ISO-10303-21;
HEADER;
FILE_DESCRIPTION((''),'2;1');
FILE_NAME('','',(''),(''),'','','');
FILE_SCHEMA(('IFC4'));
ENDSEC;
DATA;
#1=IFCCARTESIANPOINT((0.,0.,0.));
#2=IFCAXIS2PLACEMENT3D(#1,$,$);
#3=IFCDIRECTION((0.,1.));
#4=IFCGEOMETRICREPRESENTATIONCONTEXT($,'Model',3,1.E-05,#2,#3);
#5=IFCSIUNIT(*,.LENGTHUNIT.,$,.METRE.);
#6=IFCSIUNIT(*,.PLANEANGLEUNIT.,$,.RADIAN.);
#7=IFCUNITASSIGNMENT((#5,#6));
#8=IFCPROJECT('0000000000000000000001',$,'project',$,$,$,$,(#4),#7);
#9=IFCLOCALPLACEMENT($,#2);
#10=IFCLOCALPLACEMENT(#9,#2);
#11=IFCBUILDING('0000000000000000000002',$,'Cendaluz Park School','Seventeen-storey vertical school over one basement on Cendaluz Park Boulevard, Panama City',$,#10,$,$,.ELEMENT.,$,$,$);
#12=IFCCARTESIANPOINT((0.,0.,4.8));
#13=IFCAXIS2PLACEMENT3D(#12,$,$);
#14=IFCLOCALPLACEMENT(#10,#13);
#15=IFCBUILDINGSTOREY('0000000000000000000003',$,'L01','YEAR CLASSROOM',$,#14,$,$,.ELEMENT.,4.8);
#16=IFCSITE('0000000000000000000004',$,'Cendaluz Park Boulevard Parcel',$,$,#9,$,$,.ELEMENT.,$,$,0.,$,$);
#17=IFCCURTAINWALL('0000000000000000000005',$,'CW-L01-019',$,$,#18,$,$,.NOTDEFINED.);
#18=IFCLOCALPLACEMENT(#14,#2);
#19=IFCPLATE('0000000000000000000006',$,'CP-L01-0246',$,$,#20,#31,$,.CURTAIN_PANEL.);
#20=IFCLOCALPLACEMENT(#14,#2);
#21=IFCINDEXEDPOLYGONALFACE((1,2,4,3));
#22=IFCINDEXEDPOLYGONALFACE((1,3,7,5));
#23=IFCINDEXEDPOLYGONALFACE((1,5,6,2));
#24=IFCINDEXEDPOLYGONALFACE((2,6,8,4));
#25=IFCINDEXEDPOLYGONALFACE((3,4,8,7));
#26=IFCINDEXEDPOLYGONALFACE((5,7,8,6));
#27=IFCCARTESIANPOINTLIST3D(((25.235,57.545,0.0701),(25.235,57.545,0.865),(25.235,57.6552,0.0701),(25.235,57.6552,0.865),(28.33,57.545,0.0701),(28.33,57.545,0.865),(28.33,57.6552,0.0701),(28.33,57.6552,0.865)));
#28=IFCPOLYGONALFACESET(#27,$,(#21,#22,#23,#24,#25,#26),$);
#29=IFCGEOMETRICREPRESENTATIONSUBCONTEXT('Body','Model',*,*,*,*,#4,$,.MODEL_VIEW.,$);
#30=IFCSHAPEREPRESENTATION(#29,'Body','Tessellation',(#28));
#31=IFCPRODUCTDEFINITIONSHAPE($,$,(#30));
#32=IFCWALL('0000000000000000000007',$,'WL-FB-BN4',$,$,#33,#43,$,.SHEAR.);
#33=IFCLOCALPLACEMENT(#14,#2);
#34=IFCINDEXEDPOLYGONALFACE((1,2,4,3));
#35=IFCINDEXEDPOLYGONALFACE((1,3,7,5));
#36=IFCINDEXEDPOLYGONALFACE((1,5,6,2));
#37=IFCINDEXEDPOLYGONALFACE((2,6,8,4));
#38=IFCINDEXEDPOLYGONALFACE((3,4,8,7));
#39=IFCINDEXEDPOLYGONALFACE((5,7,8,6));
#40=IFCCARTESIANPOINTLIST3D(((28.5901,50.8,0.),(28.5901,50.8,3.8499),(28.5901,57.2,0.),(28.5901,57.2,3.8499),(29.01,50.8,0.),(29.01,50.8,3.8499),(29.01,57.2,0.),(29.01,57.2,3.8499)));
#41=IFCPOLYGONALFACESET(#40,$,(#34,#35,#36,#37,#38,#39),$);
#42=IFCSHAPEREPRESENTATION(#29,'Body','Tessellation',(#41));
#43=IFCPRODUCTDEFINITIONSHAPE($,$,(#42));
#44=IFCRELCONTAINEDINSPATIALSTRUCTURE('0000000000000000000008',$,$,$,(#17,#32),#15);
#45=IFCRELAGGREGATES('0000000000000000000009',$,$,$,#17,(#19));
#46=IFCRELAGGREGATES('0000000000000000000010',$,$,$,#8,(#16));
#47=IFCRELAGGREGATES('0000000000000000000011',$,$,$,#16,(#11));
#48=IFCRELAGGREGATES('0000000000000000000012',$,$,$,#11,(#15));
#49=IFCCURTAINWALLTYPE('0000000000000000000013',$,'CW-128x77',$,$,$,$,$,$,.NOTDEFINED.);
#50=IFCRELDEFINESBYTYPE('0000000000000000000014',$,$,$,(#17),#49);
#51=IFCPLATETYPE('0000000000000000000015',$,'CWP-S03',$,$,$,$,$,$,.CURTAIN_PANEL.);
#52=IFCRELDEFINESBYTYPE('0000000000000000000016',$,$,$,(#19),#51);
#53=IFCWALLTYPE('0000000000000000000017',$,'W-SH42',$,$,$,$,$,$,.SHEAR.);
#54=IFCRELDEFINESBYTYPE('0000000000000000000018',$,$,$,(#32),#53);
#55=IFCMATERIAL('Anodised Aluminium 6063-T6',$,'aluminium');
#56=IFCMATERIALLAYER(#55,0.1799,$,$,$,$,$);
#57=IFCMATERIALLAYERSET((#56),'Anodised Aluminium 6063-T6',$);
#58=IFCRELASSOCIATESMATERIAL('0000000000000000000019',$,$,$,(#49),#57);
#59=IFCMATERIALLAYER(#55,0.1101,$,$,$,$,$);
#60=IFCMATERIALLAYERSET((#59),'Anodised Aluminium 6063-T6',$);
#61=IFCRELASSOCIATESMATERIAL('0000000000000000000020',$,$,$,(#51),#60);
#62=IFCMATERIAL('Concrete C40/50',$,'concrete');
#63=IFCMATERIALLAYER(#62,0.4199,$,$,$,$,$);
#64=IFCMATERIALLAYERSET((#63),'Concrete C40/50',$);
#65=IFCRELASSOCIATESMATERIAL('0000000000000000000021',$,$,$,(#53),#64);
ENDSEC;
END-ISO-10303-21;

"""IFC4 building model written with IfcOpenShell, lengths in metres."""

from ifc_helpers import new_model, si_unit, direction, frame, frame_2d, origin, origin_2d, place, context, subcontext, project, spatial, rectangle, extrude, material, layer, layer_set, type_object, element, aggregate, save


model = new_model("IFC4")

# Units and contexts
model_context = context("Model", 3, precision=1e-05, world=origin(), true_north=direction((0.0, 1.0)))
body_context = subcontext(model_context, "Body", "Model", "MODEL_VIEW")
ifc_project = project(units=[si_unit("LENGTHUNIT", "METRE"), si_unit("PLANEANGLEUNIT", "RADIAN")], contexts=[model_context])

# Site, building, storey
site_placement = place(None, origin())
site = spatial("IfcSite", under=ifc_project, at=site_placement, Name="Cendaluz Park Boulevard Parcel", CompositionType="ELEMENT", RefElevation=0.0)
building_placement = place(site_placement, origin())
building = spatial("IfcBuilding", under=site, at=building_placement, Name="Cendaluz Park School", Description="Seventeen-storey vertical school over one basement on Cendaluz Park Boulevard, Panama City", CompositionType="ELEMENT")
storey_placement = place(building_placement, frame((0.0, 0.0, 4.8)))
storey = spatial("IfcBuildingStorey", under=building, at=storey_placement, Name="L01", Description="YEAR CLASSROOM", CompositionType="ELEMENT", Elevation=4.8)

# Shared definitions
ifc_material_1 = material(Name="Concrete C40/50", Category="concrete")

# Curtain wall
ifc_material_2 = material(Name="Anodised Aluminium 6063-T6", Category="aluminium")
ifc_layer_1 = layer(ifc_material_2, 0.1799)
ifc_layer_set_1 = layer_set([ifc_layer_1], Name="Anodised Aluminium 6063-T6")
curtain_wall_type = type_object("IfcCurtainWallType", Name="CW-128x77", PredefinedType="NOTDEFINED", material=ifc_layer_set_1)
curtain_wall_placement = place(storey_placement, origin())
curtain_wall = element("IfcCurtainWall", 1, at=curtain_wall_placement, inside=storey, type_object=curtain_wall_type, Name="CW-L01-019", PredefinedType="NOTDEFINED")

# Plate
ifc_layer_2 = layer(ifc_material_2, 0.1101)
ifc_layer_set_2 = layer_set([ifc_layer_2], Name="Anodised Aluminium 6063-T6")
plate_type_1 = type_object("IfcPlateType", Name="CWP-S03", PredefinedType="CURTAIN_PANEL", material=ifc_layer_set_2)
plate_1_placement = place(storey_placement, frame((26.7825, 57.6001, 0.0701), z_axis=(0.0, 0.0, 1.0), x_axis=(1.0, 0.0, 0.0)))
plate_1 = element("IfcPlate", 2, at=plate_1_placement, type_object=plate_type_1, Name="CP-L01-0246", PredefinedType="CURTAIN_PANEL", context=body_context, shape_type="SweptSolid", body=[
    extrude(rectangle(XDim=3.095, YDim=0.1101, at=origin_2d()), origin(), (0.0, 0.0, 1.0), 0.7949),
])
aggregate(curtain_wall, [plate_1])

# Wall
ifc_layer_3 = layer(ifc_material_1, 0.4199)
ifc_layer_set_3 = layer_set([ifc_layer_3], Name="Concrete C40/50")
wall_type = type_object("IfcWallType", Name="W-SH42", PredefinedType="SHEAR", material=ifc_layer_set_3)
wall_placement = place(storey_placement, frame((28.8, 50.8, 0.0), z_axis=(0.0, 0.0, 1.0), x_axis=(0.0, 1.0, 0.0)))
element("IfcWall", 3, at=wall_placement, inside=storey, type_object=wall_type, Name="WL-FB-BN4", PredefinedType="SHEAR", context=body_context, shape_type="SweptSolid", body=[
    extrude(rectangle(XDim=6.3999, YDim=0.4199, at=frame_2d((3.2, 0.0))), origin(), (0.0, 0.0, 1.0), 3.8499),
])

save(model, "model.ifc")
